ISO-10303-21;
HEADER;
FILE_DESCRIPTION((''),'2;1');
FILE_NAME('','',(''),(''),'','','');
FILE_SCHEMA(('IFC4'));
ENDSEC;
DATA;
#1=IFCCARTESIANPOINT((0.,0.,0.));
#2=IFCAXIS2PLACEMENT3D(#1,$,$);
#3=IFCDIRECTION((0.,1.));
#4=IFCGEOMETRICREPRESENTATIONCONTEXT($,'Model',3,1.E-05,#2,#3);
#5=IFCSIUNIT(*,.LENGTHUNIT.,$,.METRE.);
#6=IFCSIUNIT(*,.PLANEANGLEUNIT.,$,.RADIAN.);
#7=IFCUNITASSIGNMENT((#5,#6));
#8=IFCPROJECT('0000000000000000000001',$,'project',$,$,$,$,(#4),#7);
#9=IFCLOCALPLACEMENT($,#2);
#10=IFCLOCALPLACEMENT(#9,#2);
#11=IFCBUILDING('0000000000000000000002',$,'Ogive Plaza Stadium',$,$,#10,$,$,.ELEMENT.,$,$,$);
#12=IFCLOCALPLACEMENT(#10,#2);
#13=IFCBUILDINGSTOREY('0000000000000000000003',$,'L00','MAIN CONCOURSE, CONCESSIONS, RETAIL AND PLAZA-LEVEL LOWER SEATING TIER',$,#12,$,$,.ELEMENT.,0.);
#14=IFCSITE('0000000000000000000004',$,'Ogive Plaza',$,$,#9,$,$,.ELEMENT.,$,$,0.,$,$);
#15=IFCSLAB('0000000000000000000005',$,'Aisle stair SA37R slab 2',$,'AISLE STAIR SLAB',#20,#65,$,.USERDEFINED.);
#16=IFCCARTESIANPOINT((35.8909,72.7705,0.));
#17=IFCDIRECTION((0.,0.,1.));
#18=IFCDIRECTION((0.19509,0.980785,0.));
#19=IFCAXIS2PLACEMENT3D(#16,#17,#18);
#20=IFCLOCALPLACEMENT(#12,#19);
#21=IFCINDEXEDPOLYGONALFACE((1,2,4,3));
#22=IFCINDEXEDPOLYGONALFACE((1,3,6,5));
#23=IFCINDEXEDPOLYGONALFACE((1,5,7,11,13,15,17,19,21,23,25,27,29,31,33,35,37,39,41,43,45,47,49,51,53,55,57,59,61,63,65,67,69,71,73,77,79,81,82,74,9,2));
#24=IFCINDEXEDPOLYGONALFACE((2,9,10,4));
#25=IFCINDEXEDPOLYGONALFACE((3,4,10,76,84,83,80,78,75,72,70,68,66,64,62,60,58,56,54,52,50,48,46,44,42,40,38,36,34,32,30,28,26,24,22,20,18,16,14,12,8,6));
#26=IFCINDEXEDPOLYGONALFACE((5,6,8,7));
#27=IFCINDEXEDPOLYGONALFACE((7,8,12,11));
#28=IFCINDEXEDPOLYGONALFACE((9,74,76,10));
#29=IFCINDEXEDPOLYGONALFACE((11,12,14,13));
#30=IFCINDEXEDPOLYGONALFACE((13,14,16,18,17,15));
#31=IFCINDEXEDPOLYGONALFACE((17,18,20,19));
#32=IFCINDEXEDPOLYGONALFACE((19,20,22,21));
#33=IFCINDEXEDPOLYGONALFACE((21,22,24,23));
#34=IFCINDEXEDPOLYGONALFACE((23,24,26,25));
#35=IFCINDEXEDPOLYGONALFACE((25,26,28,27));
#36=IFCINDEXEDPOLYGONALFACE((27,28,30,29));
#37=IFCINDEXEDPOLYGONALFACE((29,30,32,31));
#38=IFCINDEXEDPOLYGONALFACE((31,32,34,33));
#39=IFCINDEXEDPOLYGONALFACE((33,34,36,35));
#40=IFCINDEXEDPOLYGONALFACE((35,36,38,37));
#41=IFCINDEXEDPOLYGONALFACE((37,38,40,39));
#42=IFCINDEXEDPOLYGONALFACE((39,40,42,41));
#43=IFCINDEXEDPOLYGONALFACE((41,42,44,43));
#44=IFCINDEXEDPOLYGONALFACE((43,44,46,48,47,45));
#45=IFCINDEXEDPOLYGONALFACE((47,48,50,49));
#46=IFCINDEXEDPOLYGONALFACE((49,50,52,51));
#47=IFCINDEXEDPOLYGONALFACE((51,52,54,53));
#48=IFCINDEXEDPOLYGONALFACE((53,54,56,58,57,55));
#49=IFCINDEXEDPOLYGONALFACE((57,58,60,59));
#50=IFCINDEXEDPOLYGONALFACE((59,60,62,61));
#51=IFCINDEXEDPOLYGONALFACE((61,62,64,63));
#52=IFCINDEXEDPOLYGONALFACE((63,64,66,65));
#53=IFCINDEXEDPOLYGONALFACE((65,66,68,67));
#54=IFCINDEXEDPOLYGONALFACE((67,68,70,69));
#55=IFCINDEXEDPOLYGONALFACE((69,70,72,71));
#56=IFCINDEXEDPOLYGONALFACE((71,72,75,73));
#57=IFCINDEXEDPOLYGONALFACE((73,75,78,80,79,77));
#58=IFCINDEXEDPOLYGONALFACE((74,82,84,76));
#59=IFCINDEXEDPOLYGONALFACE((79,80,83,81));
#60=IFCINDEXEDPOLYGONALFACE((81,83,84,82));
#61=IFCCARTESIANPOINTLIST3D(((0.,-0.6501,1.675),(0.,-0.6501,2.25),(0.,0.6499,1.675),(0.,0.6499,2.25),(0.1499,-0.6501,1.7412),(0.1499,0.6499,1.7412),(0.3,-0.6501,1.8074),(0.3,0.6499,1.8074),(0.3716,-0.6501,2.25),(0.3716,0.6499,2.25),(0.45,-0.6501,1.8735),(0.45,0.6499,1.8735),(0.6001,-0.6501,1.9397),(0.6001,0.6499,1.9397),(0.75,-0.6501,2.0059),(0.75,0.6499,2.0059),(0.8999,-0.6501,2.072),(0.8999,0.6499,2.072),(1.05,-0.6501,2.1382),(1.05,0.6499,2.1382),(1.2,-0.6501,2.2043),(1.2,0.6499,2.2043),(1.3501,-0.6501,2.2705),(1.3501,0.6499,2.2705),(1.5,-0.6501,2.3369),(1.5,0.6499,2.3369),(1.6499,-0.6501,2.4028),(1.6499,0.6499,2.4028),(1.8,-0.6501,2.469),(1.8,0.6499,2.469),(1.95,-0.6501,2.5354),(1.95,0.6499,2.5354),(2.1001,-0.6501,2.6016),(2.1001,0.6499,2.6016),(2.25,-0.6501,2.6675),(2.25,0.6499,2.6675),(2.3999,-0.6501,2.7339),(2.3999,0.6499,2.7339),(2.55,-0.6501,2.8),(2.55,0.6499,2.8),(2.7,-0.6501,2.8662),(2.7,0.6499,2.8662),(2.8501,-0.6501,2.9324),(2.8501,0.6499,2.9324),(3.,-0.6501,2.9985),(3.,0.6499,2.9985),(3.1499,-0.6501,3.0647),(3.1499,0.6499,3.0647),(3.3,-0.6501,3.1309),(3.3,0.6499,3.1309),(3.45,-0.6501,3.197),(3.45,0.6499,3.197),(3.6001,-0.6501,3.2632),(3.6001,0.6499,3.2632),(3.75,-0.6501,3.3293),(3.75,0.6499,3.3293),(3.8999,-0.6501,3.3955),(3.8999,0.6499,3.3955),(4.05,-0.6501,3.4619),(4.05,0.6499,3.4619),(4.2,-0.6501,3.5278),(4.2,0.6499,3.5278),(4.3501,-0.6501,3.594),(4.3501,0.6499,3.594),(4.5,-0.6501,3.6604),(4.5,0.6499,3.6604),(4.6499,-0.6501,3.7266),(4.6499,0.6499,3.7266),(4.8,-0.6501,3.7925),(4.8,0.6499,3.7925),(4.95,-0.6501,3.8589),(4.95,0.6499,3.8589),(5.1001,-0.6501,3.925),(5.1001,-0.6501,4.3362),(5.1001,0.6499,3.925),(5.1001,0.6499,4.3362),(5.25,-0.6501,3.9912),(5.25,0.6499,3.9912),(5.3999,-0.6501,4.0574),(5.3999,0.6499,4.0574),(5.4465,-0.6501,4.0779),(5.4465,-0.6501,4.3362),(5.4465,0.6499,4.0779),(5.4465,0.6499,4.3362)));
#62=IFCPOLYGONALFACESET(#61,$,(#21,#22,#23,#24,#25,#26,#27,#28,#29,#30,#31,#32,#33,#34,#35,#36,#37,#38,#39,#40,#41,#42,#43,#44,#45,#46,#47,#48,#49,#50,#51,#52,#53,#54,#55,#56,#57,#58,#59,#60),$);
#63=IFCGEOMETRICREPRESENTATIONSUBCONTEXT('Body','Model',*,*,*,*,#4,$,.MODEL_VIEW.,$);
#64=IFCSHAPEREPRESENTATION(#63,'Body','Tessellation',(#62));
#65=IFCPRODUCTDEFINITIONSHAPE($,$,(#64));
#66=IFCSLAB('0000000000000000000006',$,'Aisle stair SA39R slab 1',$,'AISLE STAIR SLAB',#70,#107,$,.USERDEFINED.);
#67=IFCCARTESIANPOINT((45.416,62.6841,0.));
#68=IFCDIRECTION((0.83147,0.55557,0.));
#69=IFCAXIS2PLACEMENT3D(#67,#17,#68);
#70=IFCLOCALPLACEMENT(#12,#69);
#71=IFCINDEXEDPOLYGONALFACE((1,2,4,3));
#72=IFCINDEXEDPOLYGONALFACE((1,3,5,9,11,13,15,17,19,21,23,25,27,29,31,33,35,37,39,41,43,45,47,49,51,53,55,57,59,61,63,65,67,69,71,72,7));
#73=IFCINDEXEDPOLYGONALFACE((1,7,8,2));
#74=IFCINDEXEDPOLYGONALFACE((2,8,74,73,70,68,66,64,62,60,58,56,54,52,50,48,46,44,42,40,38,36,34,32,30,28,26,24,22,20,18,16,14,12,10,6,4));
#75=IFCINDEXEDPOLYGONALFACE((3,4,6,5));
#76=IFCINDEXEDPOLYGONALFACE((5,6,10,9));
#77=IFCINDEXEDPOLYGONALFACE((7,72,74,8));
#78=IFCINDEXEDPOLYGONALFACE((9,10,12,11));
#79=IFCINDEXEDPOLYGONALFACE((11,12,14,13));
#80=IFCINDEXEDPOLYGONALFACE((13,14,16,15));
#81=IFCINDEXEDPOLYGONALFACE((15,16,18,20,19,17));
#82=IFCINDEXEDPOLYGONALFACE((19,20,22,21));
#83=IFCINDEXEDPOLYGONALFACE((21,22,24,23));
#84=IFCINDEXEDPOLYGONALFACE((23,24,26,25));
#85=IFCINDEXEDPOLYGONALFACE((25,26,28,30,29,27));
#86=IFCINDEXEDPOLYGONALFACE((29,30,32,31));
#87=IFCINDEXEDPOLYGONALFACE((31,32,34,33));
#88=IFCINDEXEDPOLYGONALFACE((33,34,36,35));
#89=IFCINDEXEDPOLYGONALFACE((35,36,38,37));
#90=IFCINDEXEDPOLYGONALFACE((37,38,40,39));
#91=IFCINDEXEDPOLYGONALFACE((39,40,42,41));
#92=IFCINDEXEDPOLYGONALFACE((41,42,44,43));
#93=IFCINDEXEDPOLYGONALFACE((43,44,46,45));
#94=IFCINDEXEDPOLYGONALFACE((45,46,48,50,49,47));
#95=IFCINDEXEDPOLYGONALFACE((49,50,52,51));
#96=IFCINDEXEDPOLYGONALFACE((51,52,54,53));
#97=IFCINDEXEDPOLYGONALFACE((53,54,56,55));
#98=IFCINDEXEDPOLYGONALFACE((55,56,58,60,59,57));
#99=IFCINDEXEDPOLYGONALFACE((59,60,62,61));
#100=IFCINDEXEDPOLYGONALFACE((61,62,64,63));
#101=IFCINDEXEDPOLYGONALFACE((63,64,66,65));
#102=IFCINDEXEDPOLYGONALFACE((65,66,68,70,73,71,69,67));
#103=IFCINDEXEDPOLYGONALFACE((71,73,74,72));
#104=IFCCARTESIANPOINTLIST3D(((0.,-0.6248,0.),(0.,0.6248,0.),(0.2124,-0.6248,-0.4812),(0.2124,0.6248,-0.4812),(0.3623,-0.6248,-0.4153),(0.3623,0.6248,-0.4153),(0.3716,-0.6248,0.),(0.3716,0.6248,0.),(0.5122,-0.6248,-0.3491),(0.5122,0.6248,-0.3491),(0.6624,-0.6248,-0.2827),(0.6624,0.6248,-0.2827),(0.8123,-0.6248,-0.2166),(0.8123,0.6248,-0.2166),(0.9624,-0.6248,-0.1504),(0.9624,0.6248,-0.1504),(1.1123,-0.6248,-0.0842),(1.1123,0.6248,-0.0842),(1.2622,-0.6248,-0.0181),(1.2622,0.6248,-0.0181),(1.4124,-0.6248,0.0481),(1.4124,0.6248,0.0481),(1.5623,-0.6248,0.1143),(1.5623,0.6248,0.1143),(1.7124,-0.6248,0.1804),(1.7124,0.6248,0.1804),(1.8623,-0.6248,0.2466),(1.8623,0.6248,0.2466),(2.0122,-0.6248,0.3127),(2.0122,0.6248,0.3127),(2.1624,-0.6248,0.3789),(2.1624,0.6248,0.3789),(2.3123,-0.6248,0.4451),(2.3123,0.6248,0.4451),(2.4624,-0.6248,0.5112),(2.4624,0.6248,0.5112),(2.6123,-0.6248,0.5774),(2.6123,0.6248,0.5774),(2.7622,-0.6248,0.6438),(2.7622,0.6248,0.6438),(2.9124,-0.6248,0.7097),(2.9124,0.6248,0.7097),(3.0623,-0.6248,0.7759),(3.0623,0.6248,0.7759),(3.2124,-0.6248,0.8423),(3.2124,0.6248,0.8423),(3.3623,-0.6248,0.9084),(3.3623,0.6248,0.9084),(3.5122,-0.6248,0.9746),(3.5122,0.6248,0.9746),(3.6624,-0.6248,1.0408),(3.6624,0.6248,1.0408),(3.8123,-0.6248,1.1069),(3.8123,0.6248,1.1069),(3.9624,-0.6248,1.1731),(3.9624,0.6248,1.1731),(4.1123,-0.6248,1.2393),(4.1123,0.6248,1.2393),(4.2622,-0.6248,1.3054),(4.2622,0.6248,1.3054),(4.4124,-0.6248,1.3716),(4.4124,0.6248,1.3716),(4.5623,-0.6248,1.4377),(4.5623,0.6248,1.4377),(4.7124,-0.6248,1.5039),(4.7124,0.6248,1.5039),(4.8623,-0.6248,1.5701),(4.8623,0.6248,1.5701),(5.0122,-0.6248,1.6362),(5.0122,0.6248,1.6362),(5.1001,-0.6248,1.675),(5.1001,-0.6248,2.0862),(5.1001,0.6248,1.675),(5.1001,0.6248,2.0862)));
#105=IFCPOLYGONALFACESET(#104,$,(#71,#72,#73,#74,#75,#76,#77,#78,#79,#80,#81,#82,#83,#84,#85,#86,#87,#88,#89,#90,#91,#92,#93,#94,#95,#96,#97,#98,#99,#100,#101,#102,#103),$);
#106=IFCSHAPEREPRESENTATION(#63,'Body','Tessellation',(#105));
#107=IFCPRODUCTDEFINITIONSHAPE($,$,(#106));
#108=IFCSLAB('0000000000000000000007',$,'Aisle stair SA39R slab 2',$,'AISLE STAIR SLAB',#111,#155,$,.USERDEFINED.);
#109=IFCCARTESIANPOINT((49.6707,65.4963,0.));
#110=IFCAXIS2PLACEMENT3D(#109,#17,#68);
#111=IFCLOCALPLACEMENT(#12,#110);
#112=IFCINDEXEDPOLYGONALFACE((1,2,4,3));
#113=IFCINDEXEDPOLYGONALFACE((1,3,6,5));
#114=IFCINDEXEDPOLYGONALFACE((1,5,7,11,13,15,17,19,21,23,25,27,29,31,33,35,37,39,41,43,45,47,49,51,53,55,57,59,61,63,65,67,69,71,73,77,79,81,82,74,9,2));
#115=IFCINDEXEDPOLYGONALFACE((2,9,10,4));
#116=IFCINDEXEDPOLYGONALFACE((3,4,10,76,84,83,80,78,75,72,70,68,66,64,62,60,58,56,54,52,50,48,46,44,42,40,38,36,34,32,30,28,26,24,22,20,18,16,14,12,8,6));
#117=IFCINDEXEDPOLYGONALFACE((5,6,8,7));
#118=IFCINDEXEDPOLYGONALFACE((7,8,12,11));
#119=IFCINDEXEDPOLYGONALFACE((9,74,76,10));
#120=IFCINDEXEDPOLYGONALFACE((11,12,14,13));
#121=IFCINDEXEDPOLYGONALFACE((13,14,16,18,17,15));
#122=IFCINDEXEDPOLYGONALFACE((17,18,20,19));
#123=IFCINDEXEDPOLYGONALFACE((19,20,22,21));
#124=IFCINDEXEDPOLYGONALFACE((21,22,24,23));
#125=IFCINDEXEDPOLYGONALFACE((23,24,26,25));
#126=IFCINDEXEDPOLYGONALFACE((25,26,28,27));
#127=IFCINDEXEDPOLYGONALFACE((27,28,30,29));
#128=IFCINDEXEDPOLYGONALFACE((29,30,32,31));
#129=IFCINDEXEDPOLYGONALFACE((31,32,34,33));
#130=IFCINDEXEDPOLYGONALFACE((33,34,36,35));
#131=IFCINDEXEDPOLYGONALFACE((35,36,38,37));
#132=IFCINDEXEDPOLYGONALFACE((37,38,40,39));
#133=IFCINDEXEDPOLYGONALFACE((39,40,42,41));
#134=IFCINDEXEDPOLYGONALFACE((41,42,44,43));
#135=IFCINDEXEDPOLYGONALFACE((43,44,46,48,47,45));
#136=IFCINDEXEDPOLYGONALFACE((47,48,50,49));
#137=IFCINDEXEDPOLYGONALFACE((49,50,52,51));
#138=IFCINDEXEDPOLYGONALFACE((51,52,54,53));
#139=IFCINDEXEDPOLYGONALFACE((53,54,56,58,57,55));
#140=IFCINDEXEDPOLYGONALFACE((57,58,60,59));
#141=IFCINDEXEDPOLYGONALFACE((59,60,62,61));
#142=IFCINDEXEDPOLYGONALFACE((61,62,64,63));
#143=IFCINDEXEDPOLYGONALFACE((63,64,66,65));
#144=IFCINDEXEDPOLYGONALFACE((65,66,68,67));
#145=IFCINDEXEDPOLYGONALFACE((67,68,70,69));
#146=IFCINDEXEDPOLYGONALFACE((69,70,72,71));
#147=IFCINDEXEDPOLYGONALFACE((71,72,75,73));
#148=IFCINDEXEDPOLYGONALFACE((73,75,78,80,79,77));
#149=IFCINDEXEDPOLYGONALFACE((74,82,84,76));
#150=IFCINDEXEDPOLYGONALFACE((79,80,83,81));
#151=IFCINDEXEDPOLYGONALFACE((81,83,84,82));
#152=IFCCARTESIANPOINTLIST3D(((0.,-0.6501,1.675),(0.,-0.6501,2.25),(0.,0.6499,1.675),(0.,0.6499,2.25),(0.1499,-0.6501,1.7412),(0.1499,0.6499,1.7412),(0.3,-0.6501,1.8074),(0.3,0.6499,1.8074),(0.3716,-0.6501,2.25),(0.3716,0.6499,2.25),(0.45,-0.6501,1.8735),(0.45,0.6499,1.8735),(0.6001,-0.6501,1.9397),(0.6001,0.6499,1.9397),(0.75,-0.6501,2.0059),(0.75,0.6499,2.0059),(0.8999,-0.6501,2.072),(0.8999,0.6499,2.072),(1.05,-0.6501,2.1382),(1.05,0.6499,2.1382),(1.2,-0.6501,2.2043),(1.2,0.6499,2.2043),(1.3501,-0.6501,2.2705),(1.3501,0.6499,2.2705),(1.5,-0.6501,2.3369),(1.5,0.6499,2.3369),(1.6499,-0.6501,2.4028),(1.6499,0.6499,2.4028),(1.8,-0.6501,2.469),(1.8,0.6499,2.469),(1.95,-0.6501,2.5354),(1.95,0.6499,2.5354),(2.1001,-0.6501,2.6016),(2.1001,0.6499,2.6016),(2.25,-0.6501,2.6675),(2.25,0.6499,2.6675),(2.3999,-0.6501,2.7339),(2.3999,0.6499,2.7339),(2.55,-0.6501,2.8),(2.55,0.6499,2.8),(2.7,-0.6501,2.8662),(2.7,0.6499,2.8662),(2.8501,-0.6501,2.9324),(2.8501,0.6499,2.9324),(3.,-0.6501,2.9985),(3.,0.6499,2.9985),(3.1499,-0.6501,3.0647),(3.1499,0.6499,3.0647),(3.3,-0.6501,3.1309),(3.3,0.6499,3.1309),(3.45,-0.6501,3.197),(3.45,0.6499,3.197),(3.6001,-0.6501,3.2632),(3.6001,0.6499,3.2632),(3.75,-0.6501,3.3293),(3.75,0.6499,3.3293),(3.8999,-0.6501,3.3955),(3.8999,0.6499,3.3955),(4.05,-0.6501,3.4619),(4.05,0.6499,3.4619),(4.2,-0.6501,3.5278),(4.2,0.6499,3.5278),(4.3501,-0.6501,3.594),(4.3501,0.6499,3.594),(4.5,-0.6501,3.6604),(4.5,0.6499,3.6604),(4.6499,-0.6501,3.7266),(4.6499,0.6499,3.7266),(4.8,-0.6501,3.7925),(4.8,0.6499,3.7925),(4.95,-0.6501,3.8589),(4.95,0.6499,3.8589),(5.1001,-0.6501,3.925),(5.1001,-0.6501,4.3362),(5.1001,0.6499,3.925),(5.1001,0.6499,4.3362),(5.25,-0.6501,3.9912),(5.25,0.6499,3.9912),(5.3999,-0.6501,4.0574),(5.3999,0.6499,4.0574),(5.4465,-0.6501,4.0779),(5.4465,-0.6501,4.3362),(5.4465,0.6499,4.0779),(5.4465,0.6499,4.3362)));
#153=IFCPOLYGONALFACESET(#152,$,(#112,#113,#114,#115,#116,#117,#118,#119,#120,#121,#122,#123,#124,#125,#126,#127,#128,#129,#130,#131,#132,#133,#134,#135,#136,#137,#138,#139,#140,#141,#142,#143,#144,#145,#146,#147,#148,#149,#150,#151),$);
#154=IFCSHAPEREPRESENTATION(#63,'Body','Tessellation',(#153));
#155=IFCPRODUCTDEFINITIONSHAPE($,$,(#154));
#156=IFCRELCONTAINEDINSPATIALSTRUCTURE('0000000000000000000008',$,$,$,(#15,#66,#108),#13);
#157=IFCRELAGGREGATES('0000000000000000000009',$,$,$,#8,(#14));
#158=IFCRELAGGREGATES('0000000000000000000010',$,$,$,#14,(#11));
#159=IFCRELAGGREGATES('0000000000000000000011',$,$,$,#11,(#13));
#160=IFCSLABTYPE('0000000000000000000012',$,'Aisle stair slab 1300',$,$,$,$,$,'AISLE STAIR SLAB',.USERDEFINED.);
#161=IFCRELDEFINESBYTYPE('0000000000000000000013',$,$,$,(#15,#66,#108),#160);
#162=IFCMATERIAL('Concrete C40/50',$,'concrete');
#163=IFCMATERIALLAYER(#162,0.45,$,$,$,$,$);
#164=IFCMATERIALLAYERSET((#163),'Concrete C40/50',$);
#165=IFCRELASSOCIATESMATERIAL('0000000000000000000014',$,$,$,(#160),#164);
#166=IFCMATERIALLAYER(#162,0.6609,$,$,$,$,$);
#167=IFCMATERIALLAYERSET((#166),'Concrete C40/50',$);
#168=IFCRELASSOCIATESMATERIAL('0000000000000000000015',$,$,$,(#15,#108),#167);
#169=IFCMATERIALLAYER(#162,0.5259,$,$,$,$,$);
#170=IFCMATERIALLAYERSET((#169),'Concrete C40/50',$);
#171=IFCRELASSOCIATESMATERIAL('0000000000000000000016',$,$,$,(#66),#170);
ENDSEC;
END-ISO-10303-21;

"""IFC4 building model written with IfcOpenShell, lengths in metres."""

from ifc_helpers import new_model, si_unit, direction, frame, origin, place, context, subcontext, project, spatial, polyline, outline, extrude, material, layer, layer_set, type_object, element, save


model = new_model("IFC4")

# Units and contexts
model_context = context("Model", 3, precision=1e-05, world=origin(), true_north=direction((0.0, 1.0)))
body_context = subcontext(model_context, "Body", "Model", "MODEL_VIEW")
ifc_project = project(units=[si_unit("LENGTHUNIT", "METRE"), si_unit("PLANEANGLEUNIT", "RADIAN")], contexts=[model_context])

# Site, building, storey
site_placement = place(None, origin())
site = spatial("IfcSite", under=ifc_project, at=site_placement, Name="Ogive Plaza", CompositionType="ELEMENT", RefElevation=0.0)
building_placement = place(site_placement, origin())
building = spatial("IfcBuilding", under=site, at=building_placement, Name="Ogive Plaza Stadium", CompositionType="ELEMENT")
storey_placement = place(building_placement, origin())
storey = spatial("IfcBuildingStorey", under=building, at=storey_placement, Name="L00", Description="MAIN CONCOURSE, CONCESSIONS, RETAIL AND PLAZA-LEVEL LOWER SEATING TIER", CompositionType="ELEMENT", Elevation=0.0)

# Slabs
ifc_material_1 = material(Name="Concrete C40/50", Category="concrete")
ifc_layer_1 = layer(ifc_material_1, 0.5259)
ifc_layer_set_1 = layer_set([ifc_layer_1], Name="Concrete C40/50")
ifc_layer_2 = layer(ifc_material_1, 0.45)
ifc_layer_set_2 = layer_set([ifc_layer_2], Name="Concrete C40/50")
slab_type = type_object("IfcSlabType", Name="Aisle stair slab 1300", ElementType="AISLE STAIR SLAB", PredefinedType="USERDEFINED", material=ifc_layer_set_2)
ifc_layer_3 = layer(ifc_material_1, 0.6609)
ifc_layer_set_3 = layer_set([ifc_layer_3], Name="Concrete C40/50")
slab_1_placement = place(storey_placement, frame((35.8909, 72.7705, 0.0), z_axis=(0.0, 0.0, 1.0), x_axis=(0.19509, 0.980785, 0.0)))
element("IfcSlab", 1, at=slab_1_placement, inside=storey, type_object=slab_type, material=ifc_layer_set_3, Name="Aisle stair SA37R slab 2", ObjectType="AISLE STAIR SLAB", PredefinedType="USERDEFINED", context=body_context, shape_type="SweptSolid", body=[
    extrude(outline(polyline([(0.0, 2.25), (0.3716, 2.25), (5.1001, 4.3362), (5.4465, 4.3362), (5.4465, 4.0779), (5.3999, 4.0574), (5.25, 3.9912), (5.1001, 3.925), (4.95, 3.8589), (4.8, 3.7925), (4.6499, 3.7266), (4.5, 3.6604), (4.3501, 3.594), (4.2, 3.5278), (4.05, 3.4619), (3.8999, 3.3955), (3.75, 3.3293), (3.6001, 3.2632), (3.45, 3.197), (3.3, 3.1309), (3.1499, 3.0647), (3.0, 2.9985), (2.8501, 2.9324), (2.7, 2.8662), (2.55, 2.8), (2.3999, 2.7339), (2.25, 2.6675), (2.1001, 2.6016), (1.95, 2.5354), (1.8, 2.469), (1.6499, 2.4028), (1.5, 2.3369), (1.3501, 2.2705), (1.2, 2.2043), (1.05, 2.1382), (0.8999, 2.072), (0.75, 2.0059), (0.6001, 1.9397), (0.45, 1.8735), (0.3, 1.8074), (0.1499, 1.7412), (0.0, 1.675), (0.0, 2.25)])), frame((0.0, 0.6499, 0.0), z_axis=(0.0, -1.0, 0.0), x_axis=(1.0, 0.0, 0.0)), (0.0, 0.0, 1.0), 1.3),
])
slab_2_placement = place(storey_placement, frame((45.416, 62.6841, 0.0), z_axis=(0.0, 0.0, 1.0), x_axis=(0.83147, 0.55557, 0.0)))
element("IfcSlab", 2, at=slab_2_placement, inside=storey, type_object=slab_type, material=ifc_layer_set_1, Name="Aisle stair SA39R slab 1", ObjectType="AISLE STAIR SLAB", PredefinedType="USERDEFINED", context=body_context, shape_type="SweptSolid", body=[
    extrude(outline(polyline([(0.0, 0.0), (0.3716, 0.0), (5.1001, 2.0862), (5.1001, 1.675), (5.0122, 1.6362), (4.8623, 1.5701), (4.7124, 1.5039), (4.5623, 1.4377), (4.4124, 1.3716), (4.2622, 1.3054), (4.1123, 1.2393), (3.9624, 1.1731), (3.8123, 1.1069), (3.6624, 1.0408), (3.5122, 0.9746), (3.3623, 0.9084), (3.2124, 0.8423), (3.0623, 0.7759), (2.9124, 0.7097), (2.7622, 0.6438), (2.6123, 0.5774), (2.4624, 0.5112), (2.3123, 0.4451), (2.1624, 0.3789), (2.0122, 0.3127), (1.8623, 0.2466), (1.7124, 0.1804), (1.5623, 0.1143), (1.4124, 0.0481), (1.2622, -0.0181), (1.1123, -0.0842), (0.9624, -0.1504), (0.8123, -0.2166), (0.6624, -0.2827), (0.5122, -0.3491), (0.3623, -0.4153), (0.2124, -0.4812), (0.0, 0.0)])), frame((0.0, 0.6248, 0.0), z_axis=(0.0, -1.0, 0.0), x_axis=(1.0, 0.0, 0.0)), (0.0, 0.0, 1.0), 1.2495),
])
slab_3_placement = place(storey_placement, frame((49.6707, 65.4963, 0.0), z_axis=(0.0, 0.0, 1.0), x_axis=(0.83147, 0.55557, 0.0)))
element("IfcSlab", 3, at=slab_3_placement, inside=storey, type_object=slab_type, material=ifc_layer_set_3, Name="Aisle stair SA39R slab 2", ObjectType="AISLE STAIR SLAB", PredefinedType="USERDEFINED", context=body_context, shape_type="SweptSolid", body=[
    extrude(outline(polyline([(0.0, 2.25), (0.3716, 2.25), (5.1001, 4.3362), (5.4465, 4.3362), (5.4465, 4.0779), (5.3999, 4.0574), (5.25, 3.9912), (5.1001, 3.925), (4.95, 3.8589), (4.8, 3.7925), (4.6499, 3.7266), (4.5, 3.6604), (4.3501, 3.594), (4.2, 3.5278), (4.05, 3.4619), (3.8999, 3.3955), (3.75, 3.3293), (3.6001, 3.2632), (3.45, 3.197), (3.3, 3.1309), (3.1499, 3.0647), (3.0, 2.9985), (2.8501, 2.9324), (2.7, 2.8662), (2.55, 2.8), (2.3999, 2.7339), (2.25, 2.6675), (2.1001, 2.6016), (1.95, 2.5354), (1.8, 2.469), (1.6499, 2.4028), (1.5, 2.3369), (1.3501, 2.2705), (1.2, 2.2043), (1.05, 2.1382), (0.8999, 2.072), (0.75, 2.0059), (0.6001, 1.9397), (0.45, 1.8735), (0.3, 1.8074), (0.1499, 1.7412), (0.0, 1.675), (0.0, 2.25)])), frame((0.0, 0.6499, 0.0), z_axis=(0.0, -1.0, 0.0), x_axis=(1.0, 0.0, 0.0)), (0.0, 0.0, 1.0), 1.3),
])

save(model, "model.ifc")
